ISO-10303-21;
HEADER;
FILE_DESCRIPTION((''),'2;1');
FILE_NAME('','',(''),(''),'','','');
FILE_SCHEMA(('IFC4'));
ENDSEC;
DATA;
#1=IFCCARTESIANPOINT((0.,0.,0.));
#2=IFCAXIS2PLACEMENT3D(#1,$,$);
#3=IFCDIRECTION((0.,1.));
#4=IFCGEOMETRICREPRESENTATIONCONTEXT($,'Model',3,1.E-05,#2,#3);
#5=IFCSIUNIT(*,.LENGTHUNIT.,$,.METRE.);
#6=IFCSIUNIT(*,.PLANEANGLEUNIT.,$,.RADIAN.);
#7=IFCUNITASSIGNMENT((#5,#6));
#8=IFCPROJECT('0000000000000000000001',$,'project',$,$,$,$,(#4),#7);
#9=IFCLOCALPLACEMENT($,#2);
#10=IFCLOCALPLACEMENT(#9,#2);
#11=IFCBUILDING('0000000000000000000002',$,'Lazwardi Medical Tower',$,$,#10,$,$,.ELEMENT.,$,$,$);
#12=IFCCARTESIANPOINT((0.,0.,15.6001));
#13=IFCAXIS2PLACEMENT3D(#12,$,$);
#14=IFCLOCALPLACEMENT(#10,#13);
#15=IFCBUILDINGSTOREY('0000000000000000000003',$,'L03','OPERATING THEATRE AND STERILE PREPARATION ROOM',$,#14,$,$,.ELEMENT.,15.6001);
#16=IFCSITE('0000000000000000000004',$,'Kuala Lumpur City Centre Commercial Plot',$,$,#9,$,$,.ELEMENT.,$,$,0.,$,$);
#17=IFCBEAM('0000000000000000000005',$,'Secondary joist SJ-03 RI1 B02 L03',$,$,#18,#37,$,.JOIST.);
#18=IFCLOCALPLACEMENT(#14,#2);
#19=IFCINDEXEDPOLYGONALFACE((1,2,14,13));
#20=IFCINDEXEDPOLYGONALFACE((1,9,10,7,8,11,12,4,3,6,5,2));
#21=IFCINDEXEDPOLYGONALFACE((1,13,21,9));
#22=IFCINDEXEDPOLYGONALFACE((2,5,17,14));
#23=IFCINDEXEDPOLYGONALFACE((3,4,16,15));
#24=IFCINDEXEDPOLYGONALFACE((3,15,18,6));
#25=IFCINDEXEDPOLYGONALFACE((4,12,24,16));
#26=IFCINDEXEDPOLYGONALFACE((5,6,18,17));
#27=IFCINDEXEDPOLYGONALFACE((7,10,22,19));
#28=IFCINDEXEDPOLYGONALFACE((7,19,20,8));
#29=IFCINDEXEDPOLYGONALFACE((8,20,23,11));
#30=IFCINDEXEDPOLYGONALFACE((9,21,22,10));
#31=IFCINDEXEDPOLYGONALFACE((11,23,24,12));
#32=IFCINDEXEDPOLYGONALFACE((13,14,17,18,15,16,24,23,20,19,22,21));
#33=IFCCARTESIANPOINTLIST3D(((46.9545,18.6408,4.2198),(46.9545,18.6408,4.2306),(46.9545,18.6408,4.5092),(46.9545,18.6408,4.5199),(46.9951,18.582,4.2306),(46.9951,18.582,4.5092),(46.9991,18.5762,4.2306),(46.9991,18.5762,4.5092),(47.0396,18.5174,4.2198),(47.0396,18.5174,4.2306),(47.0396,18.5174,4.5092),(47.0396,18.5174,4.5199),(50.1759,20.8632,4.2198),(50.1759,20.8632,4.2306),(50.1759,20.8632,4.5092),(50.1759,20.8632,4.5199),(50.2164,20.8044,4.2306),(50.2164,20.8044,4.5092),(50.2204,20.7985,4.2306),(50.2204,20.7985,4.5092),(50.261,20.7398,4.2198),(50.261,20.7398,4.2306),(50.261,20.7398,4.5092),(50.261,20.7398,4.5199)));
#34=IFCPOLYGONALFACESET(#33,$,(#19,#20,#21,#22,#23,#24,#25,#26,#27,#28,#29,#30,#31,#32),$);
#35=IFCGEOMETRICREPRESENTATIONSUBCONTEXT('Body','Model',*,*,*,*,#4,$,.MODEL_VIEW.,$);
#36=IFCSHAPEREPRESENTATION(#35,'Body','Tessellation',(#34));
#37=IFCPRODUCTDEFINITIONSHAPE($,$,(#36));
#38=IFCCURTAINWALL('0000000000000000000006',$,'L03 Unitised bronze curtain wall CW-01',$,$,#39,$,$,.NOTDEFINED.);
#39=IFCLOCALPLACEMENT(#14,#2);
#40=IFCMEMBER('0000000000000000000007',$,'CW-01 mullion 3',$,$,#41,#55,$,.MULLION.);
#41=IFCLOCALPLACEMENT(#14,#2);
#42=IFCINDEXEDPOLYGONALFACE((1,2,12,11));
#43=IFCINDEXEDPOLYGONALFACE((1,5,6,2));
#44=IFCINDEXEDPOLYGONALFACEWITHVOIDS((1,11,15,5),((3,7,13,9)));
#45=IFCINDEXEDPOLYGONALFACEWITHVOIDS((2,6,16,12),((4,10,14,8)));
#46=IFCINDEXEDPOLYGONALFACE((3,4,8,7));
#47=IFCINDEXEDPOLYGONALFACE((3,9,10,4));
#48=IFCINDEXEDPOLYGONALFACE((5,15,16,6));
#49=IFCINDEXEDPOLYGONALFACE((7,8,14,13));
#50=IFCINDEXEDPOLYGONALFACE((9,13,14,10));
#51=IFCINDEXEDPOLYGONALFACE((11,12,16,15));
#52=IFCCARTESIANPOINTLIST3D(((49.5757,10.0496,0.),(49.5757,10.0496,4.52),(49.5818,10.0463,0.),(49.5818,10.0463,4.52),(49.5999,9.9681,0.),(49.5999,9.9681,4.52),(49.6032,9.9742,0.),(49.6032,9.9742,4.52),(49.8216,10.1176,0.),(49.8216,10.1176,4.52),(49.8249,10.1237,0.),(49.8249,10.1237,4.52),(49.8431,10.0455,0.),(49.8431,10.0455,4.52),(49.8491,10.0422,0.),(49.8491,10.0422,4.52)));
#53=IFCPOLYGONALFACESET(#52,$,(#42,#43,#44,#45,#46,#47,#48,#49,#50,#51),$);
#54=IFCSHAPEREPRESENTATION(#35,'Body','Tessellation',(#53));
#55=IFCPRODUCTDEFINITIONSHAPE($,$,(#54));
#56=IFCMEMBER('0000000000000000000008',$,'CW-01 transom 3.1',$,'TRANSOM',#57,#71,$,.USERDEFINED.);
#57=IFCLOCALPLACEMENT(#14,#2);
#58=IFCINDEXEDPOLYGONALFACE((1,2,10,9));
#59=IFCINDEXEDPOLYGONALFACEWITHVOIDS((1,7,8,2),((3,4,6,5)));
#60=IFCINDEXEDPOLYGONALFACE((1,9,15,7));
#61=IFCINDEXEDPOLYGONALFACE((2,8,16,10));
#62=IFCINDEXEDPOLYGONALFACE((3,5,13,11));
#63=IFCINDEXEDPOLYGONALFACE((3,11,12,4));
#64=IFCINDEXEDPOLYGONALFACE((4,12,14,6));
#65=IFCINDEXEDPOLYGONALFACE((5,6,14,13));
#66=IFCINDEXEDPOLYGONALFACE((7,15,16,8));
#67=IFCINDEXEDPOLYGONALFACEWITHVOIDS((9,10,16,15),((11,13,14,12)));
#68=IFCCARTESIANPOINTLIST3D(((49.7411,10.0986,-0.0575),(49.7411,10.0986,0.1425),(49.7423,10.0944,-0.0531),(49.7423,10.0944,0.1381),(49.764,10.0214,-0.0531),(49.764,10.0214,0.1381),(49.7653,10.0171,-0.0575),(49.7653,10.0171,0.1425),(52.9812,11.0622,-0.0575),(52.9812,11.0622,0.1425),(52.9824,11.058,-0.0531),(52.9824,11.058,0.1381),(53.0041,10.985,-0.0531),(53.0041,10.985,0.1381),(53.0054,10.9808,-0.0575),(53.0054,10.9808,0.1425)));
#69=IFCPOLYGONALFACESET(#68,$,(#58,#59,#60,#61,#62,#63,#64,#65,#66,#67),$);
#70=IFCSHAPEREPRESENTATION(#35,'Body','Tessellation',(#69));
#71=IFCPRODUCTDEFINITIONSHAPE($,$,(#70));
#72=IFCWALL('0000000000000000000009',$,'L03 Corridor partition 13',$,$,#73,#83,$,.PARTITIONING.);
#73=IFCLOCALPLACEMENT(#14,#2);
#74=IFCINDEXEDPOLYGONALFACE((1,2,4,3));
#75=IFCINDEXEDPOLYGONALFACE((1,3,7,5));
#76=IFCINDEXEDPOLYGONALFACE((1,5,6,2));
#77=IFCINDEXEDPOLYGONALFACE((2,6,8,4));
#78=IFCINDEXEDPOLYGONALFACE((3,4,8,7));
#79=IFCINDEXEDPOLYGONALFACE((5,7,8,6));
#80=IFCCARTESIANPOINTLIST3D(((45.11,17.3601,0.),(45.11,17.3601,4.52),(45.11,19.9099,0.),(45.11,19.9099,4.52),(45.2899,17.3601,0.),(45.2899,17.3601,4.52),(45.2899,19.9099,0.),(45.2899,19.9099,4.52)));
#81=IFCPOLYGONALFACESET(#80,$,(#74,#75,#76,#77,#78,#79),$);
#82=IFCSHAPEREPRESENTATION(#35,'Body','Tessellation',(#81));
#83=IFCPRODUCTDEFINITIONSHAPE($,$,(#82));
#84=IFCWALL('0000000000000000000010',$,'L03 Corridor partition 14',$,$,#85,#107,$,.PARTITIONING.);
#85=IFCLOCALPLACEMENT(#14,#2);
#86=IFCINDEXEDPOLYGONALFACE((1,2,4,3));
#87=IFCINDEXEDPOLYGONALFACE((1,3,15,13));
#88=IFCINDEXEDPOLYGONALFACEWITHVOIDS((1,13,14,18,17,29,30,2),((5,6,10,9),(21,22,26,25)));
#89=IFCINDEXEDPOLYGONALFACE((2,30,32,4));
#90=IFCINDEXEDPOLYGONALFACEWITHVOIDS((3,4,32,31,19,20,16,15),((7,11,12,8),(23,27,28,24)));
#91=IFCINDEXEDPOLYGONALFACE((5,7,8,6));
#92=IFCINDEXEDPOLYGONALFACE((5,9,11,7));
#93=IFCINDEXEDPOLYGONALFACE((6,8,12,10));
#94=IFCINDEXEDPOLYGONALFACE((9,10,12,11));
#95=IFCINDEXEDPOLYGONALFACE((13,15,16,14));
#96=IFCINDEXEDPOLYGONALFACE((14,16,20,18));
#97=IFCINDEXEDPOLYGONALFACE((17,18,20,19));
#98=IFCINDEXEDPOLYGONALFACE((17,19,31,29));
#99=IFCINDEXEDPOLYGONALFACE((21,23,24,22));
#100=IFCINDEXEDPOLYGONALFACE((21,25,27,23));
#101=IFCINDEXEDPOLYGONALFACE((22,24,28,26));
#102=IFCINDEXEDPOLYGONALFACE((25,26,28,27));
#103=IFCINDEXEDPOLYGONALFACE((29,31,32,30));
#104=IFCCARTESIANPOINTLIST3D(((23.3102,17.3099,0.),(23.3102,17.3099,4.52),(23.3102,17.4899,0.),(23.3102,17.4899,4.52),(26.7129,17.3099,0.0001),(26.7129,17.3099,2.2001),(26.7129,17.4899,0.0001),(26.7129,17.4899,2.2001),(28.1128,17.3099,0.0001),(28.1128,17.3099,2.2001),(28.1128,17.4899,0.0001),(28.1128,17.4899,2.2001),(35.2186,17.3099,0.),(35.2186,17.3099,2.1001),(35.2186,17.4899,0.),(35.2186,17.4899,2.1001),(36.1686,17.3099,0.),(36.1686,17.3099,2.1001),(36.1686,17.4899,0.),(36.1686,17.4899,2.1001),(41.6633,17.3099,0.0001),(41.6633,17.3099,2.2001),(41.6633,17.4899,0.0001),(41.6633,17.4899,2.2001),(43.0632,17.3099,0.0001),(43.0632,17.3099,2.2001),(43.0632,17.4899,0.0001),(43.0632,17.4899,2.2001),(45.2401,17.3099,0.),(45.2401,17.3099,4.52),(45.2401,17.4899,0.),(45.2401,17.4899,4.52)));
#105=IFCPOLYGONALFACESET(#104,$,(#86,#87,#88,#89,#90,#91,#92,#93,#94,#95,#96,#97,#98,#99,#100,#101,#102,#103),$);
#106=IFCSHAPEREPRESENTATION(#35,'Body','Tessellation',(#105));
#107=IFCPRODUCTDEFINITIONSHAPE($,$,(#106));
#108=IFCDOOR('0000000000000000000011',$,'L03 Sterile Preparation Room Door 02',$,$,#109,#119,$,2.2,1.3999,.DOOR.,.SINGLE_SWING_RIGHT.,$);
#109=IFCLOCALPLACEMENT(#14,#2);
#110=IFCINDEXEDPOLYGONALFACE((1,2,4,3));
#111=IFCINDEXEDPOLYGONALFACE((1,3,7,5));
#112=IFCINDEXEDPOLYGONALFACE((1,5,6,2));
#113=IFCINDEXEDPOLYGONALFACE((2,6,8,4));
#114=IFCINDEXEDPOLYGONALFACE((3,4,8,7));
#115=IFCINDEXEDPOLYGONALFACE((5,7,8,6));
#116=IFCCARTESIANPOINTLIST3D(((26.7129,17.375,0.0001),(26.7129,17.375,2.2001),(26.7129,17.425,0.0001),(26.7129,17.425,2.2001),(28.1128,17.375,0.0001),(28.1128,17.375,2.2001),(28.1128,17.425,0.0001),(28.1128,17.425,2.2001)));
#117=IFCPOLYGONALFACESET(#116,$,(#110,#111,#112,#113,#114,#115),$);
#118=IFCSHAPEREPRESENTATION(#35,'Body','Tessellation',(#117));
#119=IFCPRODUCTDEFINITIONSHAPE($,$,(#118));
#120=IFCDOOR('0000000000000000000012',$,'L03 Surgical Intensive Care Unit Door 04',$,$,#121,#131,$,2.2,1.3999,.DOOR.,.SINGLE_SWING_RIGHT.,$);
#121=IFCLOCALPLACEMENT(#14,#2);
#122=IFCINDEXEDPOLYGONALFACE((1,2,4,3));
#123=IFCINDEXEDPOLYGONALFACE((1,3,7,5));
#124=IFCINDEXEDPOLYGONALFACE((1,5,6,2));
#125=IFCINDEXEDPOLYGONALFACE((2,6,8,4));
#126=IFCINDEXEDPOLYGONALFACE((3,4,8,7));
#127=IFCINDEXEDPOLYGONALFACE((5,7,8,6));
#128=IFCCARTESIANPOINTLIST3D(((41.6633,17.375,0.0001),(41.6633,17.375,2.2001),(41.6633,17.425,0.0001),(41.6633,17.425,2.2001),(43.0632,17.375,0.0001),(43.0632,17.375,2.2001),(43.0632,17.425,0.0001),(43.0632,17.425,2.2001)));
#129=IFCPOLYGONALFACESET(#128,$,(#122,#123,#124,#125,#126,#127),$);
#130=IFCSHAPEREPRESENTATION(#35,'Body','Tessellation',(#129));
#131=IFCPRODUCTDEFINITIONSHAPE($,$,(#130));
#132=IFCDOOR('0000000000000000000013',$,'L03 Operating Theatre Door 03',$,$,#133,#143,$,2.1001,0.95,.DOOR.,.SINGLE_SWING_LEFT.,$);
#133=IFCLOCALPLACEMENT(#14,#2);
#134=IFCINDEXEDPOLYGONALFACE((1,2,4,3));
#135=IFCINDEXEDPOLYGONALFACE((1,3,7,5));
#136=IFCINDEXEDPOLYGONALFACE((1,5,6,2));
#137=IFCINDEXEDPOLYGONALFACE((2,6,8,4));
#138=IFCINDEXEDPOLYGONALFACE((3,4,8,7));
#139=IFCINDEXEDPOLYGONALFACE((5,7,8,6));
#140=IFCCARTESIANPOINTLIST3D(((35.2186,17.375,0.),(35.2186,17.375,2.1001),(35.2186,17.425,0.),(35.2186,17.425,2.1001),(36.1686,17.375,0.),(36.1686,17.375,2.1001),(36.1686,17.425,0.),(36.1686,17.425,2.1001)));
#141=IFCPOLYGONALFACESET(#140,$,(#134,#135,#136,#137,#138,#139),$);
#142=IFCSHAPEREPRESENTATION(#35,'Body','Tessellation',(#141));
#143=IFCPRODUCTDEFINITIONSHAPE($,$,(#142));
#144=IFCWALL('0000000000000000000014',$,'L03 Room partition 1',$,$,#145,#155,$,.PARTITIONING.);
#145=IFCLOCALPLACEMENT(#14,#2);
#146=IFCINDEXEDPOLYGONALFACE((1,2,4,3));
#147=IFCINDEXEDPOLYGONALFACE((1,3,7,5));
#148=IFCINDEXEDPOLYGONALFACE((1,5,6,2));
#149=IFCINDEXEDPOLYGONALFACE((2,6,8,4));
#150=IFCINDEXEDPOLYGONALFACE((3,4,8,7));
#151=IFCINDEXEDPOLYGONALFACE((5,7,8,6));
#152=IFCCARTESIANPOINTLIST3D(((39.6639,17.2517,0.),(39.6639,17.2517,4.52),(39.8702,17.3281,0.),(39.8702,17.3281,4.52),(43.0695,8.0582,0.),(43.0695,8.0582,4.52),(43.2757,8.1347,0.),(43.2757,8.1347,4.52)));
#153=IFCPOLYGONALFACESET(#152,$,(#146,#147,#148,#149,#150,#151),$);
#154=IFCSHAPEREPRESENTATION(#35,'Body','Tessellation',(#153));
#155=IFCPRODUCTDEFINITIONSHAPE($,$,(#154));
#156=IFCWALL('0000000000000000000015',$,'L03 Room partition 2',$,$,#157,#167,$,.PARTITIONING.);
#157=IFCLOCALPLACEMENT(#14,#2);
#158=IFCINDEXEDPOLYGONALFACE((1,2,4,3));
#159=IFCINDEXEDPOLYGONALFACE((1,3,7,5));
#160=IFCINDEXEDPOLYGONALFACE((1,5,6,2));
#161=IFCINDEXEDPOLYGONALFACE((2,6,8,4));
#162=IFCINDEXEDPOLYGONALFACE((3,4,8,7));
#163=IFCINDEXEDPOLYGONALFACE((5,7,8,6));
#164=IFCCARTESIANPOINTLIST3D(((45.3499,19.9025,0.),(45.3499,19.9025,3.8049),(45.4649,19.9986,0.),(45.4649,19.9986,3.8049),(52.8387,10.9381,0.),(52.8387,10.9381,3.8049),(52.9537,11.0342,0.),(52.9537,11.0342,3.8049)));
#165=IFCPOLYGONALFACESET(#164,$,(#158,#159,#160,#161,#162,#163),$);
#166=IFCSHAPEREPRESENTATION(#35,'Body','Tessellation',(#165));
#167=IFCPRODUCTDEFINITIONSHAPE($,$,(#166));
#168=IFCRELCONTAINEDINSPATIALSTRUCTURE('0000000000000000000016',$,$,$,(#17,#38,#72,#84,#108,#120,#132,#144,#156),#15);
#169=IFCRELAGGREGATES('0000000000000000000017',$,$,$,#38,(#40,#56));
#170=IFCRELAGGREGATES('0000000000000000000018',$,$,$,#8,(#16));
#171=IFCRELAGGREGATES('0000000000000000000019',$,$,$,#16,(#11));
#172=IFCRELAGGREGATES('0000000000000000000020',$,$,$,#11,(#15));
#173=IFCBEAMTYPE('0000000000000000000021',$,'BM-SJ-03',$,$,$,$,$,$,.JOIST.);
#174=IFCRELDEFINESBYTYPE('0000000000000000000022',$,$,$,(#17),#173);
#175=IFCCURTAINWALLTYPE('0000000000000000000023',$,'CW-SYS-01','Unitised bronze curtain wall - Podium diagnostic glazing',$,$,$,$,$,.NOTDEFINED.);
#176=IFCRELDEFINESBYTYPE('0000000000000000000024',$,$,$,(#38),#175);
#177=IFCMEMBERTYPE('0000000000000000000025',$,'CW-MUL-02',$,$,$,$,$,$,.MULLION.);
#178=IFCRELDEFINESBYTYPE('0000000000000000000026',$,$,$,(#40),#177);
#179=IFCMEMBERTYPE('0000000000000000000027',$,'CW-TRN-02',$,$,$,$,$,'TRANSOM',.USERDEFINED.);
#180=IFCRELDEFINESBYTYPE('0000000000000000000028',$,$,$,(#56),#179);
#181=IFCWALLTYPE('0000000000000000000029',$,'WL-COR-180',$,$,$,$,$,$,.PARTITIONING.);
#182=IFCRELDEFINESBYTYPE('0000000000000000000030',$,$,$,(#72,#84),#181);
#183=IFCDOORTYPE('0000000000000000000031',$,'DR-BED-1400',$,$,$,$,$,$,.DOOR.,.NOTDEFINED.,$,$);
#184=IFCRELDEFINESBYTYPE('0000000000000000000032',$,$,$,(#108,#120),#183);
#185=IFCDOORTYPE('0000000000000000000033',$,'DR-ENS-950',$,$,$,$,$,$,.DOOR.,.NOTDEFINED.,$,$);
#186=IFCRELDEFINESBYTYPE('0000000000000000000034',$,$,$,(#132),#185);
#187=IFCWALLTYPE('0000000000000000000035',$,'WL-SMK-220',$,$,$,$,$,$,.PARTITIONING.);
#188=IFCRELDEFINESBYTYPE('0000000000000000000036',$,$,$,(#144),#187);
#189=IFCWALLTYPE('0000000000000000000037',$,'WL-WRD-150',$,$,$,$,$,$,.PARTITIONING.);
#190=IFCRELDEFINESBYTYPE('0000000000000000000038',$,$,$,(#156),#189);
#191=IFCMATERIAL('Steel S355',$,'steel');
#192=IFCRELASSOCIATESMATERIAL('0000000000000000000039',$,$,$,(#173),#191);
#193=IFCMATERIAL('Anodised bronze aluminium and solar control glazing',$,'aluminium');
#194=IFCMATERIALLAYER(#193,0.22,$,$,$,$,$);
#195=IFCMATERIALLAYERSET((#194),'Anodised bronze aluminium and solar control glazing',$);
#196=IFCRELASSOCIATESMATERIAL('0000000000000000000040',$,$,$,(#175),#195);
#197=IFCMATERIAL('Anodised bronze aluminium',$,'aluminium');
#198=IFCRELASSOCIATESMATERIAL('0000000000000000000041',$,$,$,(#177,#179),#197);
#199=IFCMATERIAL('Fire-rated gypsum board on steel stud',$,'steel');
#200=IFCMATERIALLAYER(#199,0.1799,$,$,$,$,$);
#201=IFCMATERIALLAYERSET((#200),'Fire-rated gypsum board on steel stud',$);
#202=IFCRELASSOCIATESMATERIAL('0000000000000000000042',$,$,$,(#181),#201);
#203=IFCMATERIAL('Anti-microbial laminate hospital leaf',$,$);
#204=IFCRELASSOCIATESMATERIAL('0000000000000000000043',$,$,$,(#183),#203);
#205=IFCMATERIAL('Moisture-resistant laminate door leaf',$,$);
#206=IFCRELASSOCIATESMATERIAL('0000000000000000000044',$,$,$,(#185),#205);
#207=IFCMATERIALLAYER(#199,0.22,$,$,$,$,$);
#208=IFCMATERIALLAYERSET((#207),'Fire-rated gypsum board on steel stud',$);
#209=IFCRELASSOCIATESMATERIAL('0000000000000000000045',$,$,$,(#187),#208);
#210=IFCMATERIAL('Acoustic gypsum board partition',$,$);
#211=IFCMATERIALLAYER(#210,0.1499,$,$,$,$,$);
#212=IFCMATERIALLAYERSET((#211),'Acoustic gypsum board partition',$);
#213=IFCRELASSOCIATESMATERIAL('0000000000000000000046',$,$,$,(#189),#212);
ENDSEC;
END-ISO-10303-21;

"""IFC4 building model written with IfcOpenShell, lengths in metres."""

from ifc_helpers import new_model, si_unit, direction, frame, frame_2d, origin, origin_2d, place, context, subcontext, project, spatial, rectangle, hollow_rectangle, i_section, extrude, material, layer, layer_set, material_profile, profile_set, type_object, element, fill, aggregate, save


model = new_model("IFC4")

# Units and contexts
model_context = context("Model", 3, precision=1e-05, world=origin(), true_north=direction((0.0, 1.0)))
body_context = subcontext(model_context, "Body", "Model", "MODEL_VIEW")
ifc_project = project(units=[si_unit("LENGTHUNIT", "METRE"), si_unit("PLANEANGLEUNIT", "RADIAN")], contexts=[model_context])

# Site, building, storey
site_placement = place(None, origin())
site = spatial("IfcSite", under=ifc_project, at=site_placement, Name="Kuala Lumpur City Centre Commercial Plot", CompositionType="ELEMENT", RefElevation=0.0)
building_placement = place(site_placement, origin())
building = spatial("IfcBuilding", under=site, at=building_placement, Name="Lazwardi Medical Tower", CompositionType="ELEMENT")
storey_placement = place(building_placement, frame((0.0, 0.0, 15.6001)))
storey = spatial("IfcBuildingStorey", under=building, at=storey_placement, Name="L03", Description="OPERATING THEATRE AND STERILE PREPARATION ROOM", CompositionType="ELEMENT", Elevation=15.6001)

# Beam
ifc_material_1 = material(Name="Steel S355", Category="steel")
ifc_material_profile_1 = material_profile(ifc_material_1, i_section(OverallWidth=0.1499, OverallDepth=0.3, WebThickness=0.0071, FlangeThickness=0.0107, at=origin_2d()), Name="IPE 300")
ifc_profile_set_1 = profile_set([ifc_material_profile_1], Name="Steel S355")
beam_type_1 = type_object("IfcBeamType", Name="BM-SJ-03", PredefinedType="JOIST", material=ifc_profile_set_1)
beam_1_placement = place(storey_placement, frame((46.9971, 18.5791, 4.3699), z_axis=(0.823125, 0.56786, 0.0), x_axis=(-0.56786, 0.823125, 0.0)))
element("IfcBeam", 1, at=beam_1_placement, inside=storey, type_object=beam_type_1, Name="Secondary joist SJ-03 RI1 B02 L03", PredefinedType="JOIST", context=body_context, shape_type="SweptSolid", body=[
    extrude(i_section(OverallWidth=0.1499, OverallDepth=0.3, WebThickness=0.0071, FlangeThickness=0.0107, at=origin_2d()), origin(), (0.0, 0.0, 1.0), 3.9136),
])

# Curtain wall, members
ifc_material_2 = material(Name="Anodised bronze aluminium and solar control glazing", Category="aluminium")
ifc_layer_1 = layer(ifc_material_2, 0.22)
ifc_layer_set_1 = layer_set([ifc_layer_1], Name="Anodised bronze aluminium and solar control glazing")
curtain_wall_type = type_object("IfcCurtainWallType", Name="CW-SYS-01", Description="Unitised bronze curtain wall - Podium diagnostic glazing", PredefinedType="NOTDEFINED", material=ifc_layer_set_1)
curtain_wall_placement = place(storey_placement, origin())
curtain_wall = element("IfcCurtainWall", 2, at=curtain_wall_placement, inside=storey, type_object=curtain_wall_type, Name="L03 Unitised bronze curtain wall CW-01", PredefinedType="NOTDEFINED")
ifc_material_3 = material(Name="Anodised bronze aluminium", Category="aluminium")
ifc_material_profile_2 = material_profile(ifc_material_3, hollow_rectangle(XDim=0.085, YDim=0.26, WallThickness=0.0049, at=origin_2d()), Name="ALU-MULLION 260x85x5")
ifc_profile_set_2 = profile_set([ifc_material_profile_2], Name="Anodised bronze aluminium")
member_type_1 = type_object("IfcMemberType", Name="CW-MUL-02", PredefinedType="MULLION", material=ifc_profile_set_2)
member_1_placement = place(storey_placement, frame((49.7124, 10.0459, 0.0), z_axis=(0.0, 0.0, 1.0), x_axis=(-0.285047, 0.958513, 0.0)))
member_1 = element("IfcMember", 3, at=member_1_placement, type_object=member_type_1, Name="CW-01 mullion 3", PredefinedType="MULLION", context=body_context, shape_type="SweptSolid", body=[
    extrude(hollow_rectangle(XDim=0.085, YDim=0.26, WallThickness=0.0049, at=origin_2d()), origin(), (0.0, 0.0, 1.0), 4.52),
])
ifc_material_profile_3 = material_profile(ifc_material_3, hollow_rectangle(XDim=0.085, YDim=0.2, WallThickness=0.0044, at=origin_2d()), Name="ALU-TRANSOM 200x85x4.5")
ifc_profile_set_3 = profile_set([ifc_material_profile_3], Name="Anodised bronze aluminium")
member_type_2 = type_object("IfcMemberType", Name="CW-TRN-02", ElementType="TRANSOM", PredefinedType="USERDEFINED", material=ifc_profile_set_3)
member_2_placement = place(storey_placement, frame((49.7532, 10.0579, 0.0425), z_axis=(0.958505, 0.285074, 0.0), x_axis=(-0.285074, 0.958505, 0.0)))
member_2 = element("IfcMember", 4, at=member_2_placement, type_object=member_type_2, Name="CW-01 transom 3.1", ObjectType="TRANSOM", PredefinedType="USERDEFINED", context=body_context, shape_type="SweptSolid", body=[
    extrude(hollow_rectangle(XDim=0.085, YDim=0.2, WallThickness=0.0044, at=origin_2d()), origin(), (0.0, 0.0, 1.0), 3.3804),
])
aggregate(curtain_wall, [member_1, member_2])

# Wall
ifc_material_4 = material(Name="Fire-rated gypsum board on steel stud", Category="steel")
ifc_layer_2 = layer(ifc_material_4, 0.1799)
ifc_layer_set_2 = layer_set([ifc_layer_2], Name="Fire-rated gypsum board on steel stud")
wall_type_1 = type_object("IfcWallType", Name="WL-COR-180", PredefinedType="PARTITIONING", material=ifc_layer_set_2)
wall_1_placement = place(storey_placement, frame((45.2, 19.9099, 0.0), z_axis=(0.0, 0.0, 1.0), x_axis=(0.0, -1.0, 0.0)))
element("IfcWall", 5, at=wall_1_placement, inside=storey, type_object=wall_type_1, Name="L03 Corridor partition 13", PredefinedType="PARTITIONING", context=body_context, shape_type="SweptSolid", body=[
    extrude(rectangle(XDim=2.5498, YDim=0.1799, at=frame_2d((1.2749, 0.0))), origin(), (0.0, 0.0, 1.0), 4.52),
])

# Wall, openings, doors
wall_2_placement = place(storey_placement, frame((45.24, 17.3999, 0.0), z_axis=(0.0, 0.0, 1.0), x_axis=(-1.0, 0.0, 0.0)))
wall_2 = element("IfcWall", 6, at=wall_2_placement, inside=storey, type_object=wall_type_1, Name="L03 Corridor partition 14", PredefinedType="PARTITIONING", context=body_context, shape_type="SweptSolid", body=[
    extrude(rectangle(XDim=21.9299, YDim=0.1799, at=frame_2d((10.9648, 0.0))), origin(), (0.0, 0.0, 1.0), 4.52),
])
opening_1_placement = place(wall_2_placement, frame((17.1272, 0.0, 0.0)))
opening_1 = element("IfcOpeningElement", 7, at=opening_1_placement, cuts=wall_2, PredefinedType="OPENING", context=body_context, shape_type="SweptSolid", body=[
    extrude(rectangle(XDim=1.3999, YDim=2.2, at=frame_2d((0.7, 1.1001))), frame((0.0, 0.0999, 0.0), z_axis=(0.0, -1.0, 0.0), x_axis=(1.0, 0.0, 0.0)), (0.0, 0.0, 1.0), 0.2),
])
opening_2_placement = place(wall_2_placement, frame((9.0713, 0.0, 0.0)))
opening_2 = element("IfcOpeningElement", 8, at=opening_2_placement, cuts=wall_2, PredefinedType="OPENING", context=body_context, shape_type="SweptSolid", body=[
    extrude(rectangle(XDim=0.95, YDim=2.1001, at=frame_2d((0.4751, 1.05))), frame((0.0, 0.0999, 0.0), z_axis=(0.0, -1.0, 0.0), x_axis=(1.0, 0.0, 0.0)), (0.0, 0.0, 1.0), 0.2),
])
opening_3_placement = place(wall_2_placement, frame((2.1768, 0.0, 0.0)))
opening_3 = element("IfcOpeningElement", 9, at=opening_3_placement, cuts=wall_2, PredefinedType="OPENING", context=body_context, shape_type="SweptSolid", body=[
    extrude(rectangle(XDim=1.3999, YDim=2.2, at=frame_2d((0.7, 1.1001))), frame((0.0, 0.0999, 0.0), z_axis=(0.0, -1.0, 0.0), x_axis=(1.0, 0.0, 0.0)), (0.0, 0.0, 1.0), 0.2),
])
ifc_material_5 = material(Name="Anti-microbial laminate hospital leaf")
door_type_1 = type_object("IfcDoorType", Name="DR-BED-1400", OperationType="NOTDEFINED", PredefinedType="DOOR", material=ifc_material_5)
door_1_placement = place(opening_1_placement, origin())
door_1 = element("IfcDoor", 10, at=door_1_placement, inside=storey, type_object=door_type_1, Name="L03 Sterile Preparation Room Door 02", OperationType="SINGLE_SWING_RIGHT", OverallHeight=2.2, OverallWidth=1.3999, PredefinedType="DOOR", context=body_context, shape_type="SweptSolid", body=[
    extrude(rectangle(XDim=1.3999, YDim=2.2, at=frame_2d((0.7, 1.1001))), frame((0.0, 0.0249, 0.0), z_axis=(0.0, -1.0, 0.0), x_axis=(1.0, 0.0, 0.0)), (0.0, 0.0, 1.0), 0.05),
])
fill(opening_1, door_1)
door_2_placement = place(opening_3_placement, origin())
door_2 = element("IfcDoor", 11, at=door_2_placement, inside=storey, type_object=door_type_1, Name="L03 Surgical Intensive Care Unit Door 04", OperationType="SINGLE_SWING_RIGHT", OverallHeight=2.2, OverallWidth=1.3999, PredefinedType="DOOR", context=body_context, shape_type="SweptSolid", body=[
    extrude(rectangle(XDim=1.3999, YDim=2.2, at=frame_2d((0.7, 1.1001))), frame((0.0, 0.0249, 0.0), z_axis=(0.0, -1.0, 0.0), x_axis=(1.0, 0.0, 0.0)), (0.0, 0.0, 1.0), 0.05),
])
fill(opening_3, door_2)
ifc_material_6 = material(Name="Moisture-resistant laminate door leaf")
door_type_2 = type_object("IfcDoorType", Name="DR-ENS-950", OperationType="NOTDEFINED", PredefinedType="DOOR", material=ifc_material_6)
door_3_placement = place(opening_2_placement, origin())
door_3 = element("IfcDoor", 12, at=door_3_placement, inside=storey, type_object=door_type_2, Name="L03 Operating Theatre Door 03", OperationType="SINGLE_SWING_LEFT", OverallHeight=2.1001, OverallWidth=0.95, PredefinedType="DOOR", context=body_context, shape_type="SweptSolid", body=[
    extrude(rectangle(XDim=0.95, YDim=2.1001, at=frame_2d((0.4751, 1.05))), frame((0.0, 0.0249, 0.0), z_axis=(0.0, -1.0, 0.0), x_axis=(1.0, 0.0, 0.0)), (0.0, 0.0, 1.0), 0.05),
])
fill(opening_2, door_3)

# Walls
ifc_layer_3 = layer(ifc_material_4, 0.22)
ifc_layer_set_3 = layer_set([ifc_layer_3], Name="Fire-rated gypsum board on steel stud")
wall_type_2 = type_object("IfcWallType", Name="WL-SMK-220", PredefinedType="PARTITIONING", material=ifc_layer_set_3)
wall_3_placement = place(storey_placement, frame((39.7671, 17.2898, 0.0), z_axis=(0.0, 0.0, 1.0), x_axis=(0.347365, -0.93773, 0.0)))
element("IfcWall", 13, at=wall_3_placement, inside=storey, type_object=wall_type_2, Name="L03 Room partition 1", PredefinedType="PARTITIONING", context=body_context, shape_type="SweptSolid", body=[
    extrude(rectangle(XDim=9.804, YDim=0.22, at=frame_2d((4.9019, 0.0))), origin(), (0.0, 0.0, 1.0), 4.52),
])
ifc_material_7 = material(Name="Acoustic gypsum board partition")
ifc_layer_4 = layer(ifc_material_7, 0.1499)
ifc_layer_set_4 = layer_set([ifc_layer_4], Name="Acoustic gypsum board partition")
wall_type_3 = type_object("IfcWallType", Name="WL-WRD-150", PredefinedType="PARTITIONING", material=ifc_layer_set_4)
wall_4_placement = place(storey_placement, frame((45.4075, 19.9504, 0.0), z_axis=(0.0, 0.0, 1.0), x_axis=(0.641117, -0.767443, 0.0)))
element("IfcWall", 14, at=wall_4_placement, inside=storey, type_object=wall_type_3, Name="L03 Room partition 2", PredefinedType="PARTITIONING", context=body_context, shape_type="SweptSolid", body=[
    extrude(rectangle(XDim=11.6809, YDim=0.1499, at=frame_2d((5.8403, 0.0))), origin(), (0.0, 0.0, 1.0), 3.8049),
])

save(model, "model.ifc")
